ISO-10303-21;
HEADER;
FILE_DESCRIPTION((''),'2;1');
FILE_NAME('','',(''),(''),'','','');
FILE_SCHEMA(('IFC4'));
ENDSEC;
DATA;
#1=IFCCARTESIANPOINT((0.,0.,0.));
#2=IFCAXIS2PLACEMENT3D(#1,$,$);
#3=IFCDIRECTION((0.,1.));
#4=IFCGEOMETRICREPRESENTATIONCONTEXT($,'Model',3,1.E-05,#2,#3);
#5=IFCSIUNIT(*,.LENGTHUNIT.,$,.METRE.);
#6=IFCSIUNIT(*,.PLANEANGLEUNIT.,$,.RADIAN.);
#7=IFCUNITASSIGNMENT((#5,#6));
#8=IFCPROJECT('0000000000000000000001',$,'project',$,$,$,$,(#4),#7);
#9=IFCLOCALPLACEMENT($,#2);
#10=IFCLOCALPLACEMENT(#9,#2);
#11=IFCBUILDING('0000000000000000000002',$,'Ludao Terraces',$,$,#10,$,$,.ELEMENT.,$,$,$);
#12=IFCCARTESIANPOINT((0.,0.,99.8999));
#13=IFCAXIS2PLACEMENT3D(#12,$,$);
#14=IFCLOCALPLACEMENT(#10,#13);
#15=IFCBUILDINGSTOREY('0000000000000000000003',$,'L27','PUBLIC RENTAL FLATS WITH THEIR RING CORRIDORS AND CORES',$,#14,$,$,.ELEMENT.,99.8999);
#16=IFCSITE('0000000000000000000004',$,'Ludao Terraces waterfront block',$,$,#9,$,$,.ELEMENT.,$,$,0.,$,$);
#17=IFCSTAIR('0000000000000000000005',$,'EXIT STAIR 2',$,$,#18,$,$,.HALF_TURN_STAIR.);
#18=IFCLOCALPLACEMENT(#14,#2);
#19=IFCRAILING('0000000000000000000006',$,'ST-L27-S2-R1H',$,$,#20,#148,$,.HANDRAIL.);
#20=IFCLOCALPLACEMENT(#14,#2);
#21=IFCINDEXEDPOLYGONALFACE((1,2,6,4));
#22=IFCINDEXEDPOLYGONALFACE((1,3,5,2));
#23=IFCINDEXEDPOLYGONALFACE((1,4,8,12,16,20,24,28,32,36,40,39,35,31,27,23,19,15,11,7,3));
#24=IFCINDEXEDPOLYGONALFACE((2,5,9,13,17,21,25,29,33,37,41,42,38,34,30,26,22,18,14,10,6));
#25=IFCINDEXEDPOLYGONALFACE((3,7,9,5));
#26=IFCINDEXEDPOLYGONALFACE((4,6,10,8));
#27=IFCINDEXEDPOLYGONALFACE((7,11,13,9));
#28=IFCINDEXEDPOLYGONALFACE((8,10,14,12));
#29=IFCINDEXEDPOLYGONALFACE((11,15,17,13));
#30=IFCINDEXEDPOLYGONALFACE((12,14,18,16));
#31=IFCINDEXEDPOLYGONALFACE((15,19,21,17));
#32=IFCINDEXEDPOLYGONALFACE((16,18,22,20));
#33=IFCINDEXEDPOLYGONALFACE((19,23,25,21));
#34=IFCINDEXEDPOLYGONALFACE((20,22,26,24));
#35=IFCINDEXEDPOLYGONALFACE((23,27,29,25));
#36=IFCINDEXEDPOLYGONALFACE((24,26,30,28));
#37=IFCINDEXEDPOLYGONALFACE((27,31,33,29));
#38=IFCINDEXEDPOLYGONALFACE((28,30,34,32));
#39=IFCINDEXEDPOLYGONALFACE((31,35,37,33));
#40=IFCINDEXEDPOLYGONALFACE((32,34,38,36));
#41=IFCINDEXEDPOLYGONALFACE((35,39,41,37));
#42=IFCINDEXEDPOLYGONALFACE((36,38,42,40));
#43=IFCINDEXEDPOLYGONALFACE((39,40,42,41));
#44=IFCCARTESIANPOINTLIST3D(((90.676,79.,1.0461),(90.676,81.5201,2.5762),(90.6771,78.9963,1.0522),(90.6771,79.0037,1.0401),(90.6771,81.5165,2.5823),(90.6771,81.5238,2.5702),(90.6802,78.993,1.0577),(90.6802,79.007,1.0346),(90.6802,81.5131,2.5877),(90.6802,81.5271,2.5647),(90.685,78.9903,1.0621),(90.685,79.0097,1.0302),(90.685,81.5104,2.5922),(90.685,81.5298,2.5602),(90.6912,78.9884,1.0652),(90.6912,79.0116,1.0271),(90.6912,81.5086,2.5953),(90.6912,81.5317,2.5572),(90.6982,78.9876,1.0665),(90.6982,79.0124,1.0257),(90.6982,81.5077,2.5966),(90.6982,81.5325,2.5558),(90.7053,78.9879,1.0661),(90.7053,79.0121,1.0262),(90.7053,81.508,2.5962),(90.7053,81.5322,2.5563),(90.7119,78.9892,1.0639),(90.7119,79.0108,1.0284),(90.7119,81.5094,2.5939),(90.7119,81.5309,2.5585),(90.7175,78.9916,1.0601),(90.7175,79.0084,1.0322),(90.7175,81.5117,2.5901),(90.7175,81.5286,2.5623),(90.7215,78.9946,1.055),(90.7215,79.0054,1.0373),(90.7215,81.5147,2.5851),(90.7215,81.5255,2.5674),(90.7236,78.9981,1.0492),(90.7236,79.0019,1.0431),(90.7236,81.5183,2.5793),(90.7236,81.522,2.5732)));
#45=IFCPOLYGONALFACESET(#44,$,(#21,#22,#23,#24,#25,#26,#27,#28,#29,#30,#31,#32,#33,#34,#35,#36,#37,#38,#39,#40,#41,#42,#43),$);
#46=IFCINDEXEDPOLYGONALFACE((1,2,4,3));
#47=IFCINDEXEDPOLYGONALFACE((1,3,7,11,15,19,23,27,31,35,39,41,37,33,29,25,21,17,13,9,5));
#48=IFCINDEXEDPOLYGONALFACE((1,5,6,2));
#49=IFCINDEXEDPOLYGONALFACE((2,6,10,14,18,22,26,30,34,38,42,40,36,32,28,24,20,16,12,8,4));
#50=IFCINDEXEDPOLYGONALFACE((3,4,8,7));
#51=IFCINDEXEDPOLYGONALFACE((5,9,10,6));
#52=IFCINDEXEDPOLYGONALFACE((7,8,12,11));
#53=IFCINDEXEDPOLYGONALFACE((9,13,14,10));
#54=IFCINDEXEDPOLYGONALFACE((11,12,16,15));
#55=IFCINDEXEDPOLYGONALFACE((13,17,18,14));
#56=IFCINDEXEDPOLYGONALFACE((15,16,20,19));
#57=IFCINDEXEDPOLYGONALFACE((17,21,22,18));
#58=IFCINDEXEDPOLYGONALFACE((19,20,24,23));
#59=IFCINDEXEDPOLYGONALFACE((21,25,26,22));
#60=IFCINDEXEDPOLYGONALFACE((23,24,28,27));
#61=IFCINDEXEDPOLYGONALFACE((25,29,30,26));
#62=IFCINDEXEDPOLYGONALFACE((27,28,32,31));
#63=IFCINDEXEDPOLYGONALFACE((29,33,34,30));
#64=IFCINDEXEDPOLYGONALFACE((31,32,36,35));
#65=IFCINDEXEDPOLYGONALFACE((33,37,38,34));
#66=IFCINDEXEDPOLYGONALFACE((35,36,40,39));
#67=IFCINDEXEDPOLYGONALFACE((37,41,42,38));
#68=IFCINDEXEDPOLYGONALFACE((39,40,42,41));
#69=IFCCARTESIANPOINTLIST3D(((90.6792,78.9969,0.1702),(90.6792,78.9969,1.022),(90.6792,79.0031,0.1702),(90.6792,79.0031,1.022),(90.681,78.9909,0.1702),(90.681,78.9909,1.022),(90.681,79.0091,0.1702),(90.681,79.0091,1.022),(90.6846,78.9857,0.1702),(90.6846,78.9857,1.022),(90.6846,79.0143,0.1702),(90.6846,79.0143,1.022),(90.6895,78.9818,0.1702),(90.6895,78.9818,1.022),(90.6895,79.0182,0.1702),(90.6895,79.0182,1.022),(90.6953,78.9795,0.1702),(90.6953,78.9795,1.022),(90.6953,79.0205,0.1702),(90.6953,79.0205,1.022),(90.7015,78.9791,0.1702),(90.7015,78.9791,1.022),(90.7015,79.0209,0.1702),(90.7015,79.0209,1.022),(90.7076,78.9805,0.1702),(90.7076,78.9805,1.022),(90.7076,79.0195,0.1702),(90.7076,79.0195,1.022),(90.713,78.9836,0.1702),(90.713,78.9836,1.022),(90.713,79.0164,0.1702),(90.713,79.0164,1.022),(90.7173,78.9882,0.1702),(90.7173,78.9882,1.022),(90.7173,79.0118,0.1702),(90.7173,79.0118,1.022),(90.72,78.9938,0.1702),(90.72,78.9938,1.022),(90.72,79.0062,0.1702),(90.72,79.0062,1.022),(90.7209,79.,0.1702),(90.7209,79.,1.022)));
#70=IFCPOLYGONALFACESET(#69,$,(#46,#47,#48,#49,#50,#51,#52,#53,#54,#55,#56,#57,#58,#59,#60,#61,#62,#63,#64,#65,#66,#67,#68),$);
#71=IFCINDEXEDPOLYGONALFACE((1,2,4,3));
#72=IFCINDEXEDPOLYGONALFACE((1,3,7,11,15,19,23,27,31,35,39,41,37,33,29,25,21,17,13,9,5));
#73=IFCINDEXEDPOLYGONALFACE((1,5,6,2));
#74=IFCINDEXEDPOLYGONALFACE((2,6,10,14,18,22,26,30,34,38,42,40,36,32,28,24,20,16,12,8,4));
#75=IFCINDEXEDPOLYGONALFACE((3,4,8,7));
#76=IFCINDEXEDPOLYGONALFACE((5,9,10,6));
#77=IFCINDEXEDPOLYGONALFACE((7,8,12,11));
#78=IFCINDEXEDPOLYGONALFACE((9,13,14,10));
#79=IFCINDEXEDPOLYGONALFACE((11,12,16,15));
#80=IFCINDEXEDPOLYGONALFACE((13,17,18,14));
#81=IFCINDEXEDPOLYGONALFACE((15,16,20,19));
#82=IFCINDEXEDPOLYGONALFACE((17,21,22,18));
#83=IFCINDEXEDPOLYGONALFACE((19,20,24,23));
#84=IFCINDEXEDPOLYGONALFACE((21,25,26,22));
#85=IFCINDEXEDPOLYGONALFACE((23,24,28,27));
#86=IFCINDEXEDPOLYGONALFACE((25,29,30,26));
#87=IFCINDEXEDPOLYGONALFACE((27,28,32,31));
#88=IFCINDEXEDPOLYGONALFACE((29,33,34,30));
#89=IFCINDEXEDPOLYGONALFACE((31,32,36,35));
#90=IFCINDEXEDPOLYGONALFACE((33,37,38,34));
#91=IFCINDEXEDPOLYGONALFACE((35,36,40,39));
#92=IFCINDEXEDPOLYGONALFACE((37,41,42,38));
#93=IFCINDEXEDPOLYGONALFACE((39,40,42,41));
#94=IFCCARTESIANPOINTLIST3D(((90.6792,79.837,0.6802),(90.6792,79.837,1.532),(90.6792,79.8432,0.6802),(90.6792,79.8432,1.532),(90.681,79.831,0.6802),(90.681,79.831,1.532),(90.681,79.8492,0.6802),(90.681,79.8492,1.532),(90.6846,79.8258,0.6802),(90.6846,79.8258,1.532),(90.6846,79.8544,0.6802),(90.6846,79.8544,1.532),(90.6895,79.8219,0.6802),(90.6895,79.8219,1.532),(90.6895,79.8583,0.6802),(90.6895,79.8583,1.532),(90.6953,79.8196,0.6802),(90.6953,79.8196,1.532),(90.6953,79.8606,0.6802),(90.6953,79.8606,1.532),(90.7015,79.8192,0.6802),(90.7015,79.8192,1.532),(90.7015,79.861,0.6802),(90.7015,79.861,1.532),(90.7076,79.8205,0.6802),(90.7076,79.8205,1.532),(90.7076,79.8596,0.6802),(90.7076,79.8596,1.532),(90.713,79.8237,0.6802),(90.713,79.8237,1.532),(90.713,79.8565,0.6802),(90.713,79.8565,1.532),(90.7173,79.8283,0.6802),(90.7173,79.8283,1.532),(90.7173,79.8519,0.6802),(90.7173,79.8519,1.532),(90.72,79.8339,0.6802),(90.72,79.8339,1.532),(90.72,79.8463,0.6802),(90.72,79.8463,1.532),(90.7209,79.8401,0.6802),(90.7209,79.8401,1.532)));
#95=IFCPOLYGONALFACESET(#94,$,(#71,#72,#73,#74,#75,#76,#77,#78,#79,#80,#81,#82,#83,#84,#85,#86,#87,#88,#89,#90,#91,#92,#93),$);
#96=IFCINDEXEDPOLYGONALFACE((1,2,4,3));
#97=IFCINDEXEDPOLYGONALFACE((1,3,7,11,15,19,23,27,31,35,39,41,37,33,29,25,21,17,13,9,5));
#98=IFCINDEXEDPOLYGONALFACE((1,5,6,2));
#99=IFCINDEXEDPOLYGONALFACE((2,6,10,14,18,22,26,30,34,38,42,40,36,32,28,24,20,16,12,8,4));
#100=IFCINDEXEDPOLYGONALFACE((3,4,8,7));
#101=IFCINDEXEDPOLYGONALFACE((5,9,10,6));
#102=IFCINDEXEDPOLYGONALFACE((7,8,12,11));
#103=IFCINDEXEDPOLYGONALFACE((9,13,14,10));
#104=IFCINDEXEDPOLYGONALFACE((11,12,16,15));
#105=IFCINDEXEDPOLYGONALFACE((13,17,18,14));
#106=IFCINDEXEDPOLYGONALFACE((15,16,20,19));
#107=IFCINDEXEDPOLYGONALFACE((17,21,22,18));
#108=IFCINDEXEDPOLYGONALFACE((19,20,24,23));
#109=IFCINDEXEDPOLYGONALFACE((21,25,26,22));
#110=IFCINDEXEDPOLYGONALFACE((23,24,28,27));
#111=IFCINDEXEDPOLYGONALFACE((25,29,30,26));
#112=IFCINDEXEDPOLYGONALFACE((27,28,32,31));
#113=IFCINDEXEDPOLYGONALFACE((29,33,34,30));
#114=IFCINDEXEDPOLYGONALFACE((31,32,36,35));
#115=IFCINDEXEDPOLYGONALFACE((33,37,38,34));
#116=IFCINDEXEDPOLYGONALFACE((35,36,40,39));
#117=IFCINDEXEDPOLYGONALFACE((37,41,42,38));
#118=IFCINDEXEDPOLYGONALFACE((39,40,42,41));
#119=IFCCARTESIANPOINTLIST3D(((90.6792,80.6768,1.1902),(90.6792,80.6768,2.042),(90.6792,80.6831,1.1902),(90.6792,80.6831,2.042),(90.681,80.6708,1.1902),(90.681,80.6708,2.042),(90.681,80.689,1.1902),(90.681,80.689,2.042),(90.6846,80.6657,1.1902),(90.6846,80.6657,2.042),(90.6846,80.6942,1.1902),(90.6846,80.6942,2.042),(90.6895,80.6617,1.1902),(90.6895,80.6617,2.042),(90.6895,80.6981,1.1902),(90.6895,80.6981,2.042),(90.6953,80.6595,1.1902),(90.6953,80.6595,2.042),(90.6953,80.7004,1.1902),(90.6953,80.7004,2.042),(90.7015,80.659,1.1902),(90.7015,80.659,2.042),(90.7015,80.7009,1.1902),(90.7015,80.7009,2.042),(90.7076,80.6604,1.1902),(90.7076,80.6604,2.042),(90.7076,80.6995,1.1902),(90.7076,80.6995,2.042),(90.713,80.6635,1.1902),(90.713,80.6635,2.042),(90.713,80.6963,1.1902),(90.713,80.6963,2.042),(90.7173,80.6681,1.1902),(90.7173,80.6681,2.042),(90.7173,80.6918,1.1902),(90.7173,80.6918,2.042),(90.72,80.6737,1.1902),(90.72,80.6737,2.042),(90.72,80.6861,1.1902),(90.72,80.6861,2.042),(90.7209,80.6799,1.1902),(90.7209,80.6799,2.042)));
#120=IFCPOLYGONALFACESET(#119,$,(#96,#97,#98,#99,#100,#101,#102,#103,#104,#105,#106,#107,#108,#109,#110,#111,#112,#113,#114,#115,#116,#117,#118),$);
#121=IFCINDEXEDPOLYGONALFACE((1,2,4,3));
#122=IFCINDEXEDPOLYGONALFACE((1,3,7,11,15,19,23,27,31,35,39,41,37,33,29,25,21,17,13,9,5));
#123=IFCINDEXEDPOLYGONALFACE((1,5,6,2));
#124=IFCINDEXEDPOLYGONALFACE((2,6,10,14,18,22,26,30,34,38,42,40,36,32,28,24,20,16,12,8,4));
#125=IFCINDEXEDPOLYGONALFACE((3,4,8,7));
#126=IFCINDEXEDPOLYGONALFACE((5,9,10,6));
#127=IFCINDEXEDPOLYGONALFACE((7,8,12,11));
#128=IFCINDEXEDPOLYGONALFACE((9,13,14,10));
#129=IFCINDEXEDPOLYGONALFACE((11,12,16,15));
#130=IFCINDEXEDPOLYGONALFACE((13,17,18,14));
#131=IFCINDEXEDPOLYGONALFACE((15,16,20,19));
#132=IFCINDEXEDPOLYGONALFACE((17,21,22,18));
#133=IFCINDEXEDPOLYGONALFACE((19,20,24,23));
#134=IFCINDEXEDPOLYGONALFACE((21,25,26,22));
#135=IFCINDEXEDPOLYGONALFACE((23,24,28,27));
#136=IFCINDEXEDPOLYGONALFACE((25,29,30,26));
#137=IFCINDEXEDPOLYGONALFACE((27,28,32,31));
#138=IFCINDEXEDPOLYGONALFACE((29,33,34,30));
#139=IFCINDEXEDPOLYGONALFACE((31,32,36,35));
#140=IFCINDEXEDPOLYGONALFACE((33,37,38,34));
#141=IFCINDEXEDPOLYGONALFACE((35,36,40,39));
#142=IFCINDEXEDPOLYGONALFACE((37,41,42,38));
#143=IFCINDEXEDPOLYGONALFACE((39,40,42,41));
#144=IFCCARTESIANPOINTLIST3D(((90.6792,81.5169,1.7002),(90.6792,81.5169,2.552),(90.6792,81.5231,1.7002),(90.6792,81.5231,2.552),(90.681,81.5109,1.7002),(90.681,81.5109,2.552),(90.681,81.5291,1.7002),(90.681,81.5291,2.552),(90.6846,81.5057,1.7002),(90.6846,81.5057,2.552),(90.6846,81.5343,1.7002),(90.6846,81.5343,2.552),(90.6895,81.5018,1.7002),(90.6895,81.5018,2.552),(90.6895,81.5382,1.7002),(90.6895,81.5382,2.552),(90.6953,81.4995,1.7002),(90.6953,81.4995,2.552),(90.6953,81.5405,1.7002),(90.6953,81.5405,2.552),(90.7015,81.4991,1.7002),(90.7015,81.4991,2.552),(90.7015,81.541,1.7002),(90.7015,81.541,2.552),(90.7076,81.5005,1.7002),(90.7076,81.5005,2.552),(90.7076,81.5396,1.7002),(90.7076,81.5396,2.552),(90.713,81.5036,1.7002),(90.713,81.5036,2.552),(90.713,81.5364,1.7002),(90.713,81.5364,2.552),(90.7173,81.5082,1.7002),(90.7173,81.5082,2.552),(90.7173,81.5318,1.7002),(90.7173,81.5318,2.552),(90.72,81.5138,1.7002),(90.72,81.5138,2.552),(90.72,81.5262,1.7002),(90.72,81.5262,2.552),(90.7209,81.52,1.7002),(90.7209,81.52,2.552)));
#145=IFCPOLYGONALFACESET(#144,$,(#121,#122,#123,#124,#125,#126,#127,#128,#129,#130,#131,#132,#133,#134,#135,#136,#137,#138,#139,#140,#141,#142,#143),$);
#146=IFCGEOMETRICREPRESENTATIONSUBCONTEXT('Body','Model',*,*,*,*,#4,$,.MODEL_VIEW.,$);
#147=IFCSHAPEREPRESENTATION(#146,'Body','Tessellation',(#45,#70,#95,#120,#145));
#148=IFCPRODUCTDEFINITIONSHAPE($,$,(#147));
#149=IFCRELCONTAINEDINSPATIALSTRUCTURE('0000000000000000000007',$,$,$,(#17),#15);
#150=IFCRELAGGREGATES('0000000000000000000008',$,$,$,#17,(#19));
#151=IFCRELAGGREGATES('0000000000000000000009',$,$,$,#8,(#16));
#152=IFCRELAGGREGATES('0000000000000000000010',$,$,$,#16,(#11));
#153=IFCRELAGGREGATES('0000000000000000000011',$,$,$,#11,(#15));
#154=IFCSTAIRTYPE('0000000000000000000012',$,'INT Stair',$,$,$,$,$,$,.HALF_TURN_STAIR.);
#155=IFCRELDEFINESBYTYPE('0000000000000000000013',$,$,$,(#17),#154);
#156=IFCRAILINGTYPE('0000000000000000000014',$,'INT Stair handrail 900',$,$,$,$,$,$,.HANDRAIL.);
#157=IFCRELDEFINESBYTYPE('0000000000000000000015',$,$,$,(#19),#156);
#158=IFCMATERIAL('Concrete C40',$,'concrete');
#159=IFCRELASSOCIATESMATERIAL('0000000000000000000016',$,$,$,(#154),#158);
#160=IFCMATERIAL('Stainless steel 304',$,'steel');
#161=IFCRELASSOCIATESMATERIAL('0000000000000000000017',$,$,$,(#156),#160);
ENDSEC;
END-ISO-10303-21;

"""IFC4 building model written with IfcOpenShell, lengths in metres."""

from ifc_helpers import new_model, si_unit, direction, frame, origin, origin_2d, place, context, subcontext, project, spatial, circle, extrude, material, type_object, element, aggregate, save


model = new_model("IFC4")

# Units and contexts
model_context = context("Model", 3, precision=1e-05, world=origin(), true_north=direction((0.0, 1.0)))
body_context = subcontext(model_context, "Body", "Model", "MODEL_VIEW")
ifc_project = project(units=[si_unit("LENGTHUNIT", "METRE"), si_unit("PLANEANGLEUNIT", "RADIAN")], contexts=[model_context])

# Site, building, storey
site_placement = place(None, origin())
site = spatial("IfcSite", under=ifc_project, at=site_placement, Name="Ludao Terraces waterfront block", CompositionType="ELEMENT", RefElevation=0.0)
building_placement = place(site_placement, origin())
building = spatial("IfcBuilding", under=site, at=building_placement, Name="Ludao Terraces", CompositionType="ELEMENT")
storey_placement = place(building_placement, frame((0.0, 0.0, 99.8999)))
storey = spatial("IfcBuildingStorey", under=building, at=storey_placement, Name="L27", Description="PUBLIC RENTAL FLATS WITH THEIR RING CORRIDORS AND CORES", CompositionType="ELEMENT", Elevation=99.8999)

# Stair, railing
ifc_material_1 = material(Name="Concrete C40", Category="concrete")
stair_type = type_object("IfcStairType", Name="INT Stair", PredefinedType="HALF_TURN_STAIR", material=ifc_material_1)
stair_placement = place(storey_placement, origin())
stair = element("IfcStair", 1, at=stair_placement, inside=storey, type_object=stair_type, Name="EXIT STAIR 2", PredefinedType="HALF_TURN_STAIR")
ifc_material_2 = material(Name="Stainless steel 304", Category="steel")
railing_type_1 = type_object("IfcRailingType", Name="INT Stair handrail 900", PredefinedType="HANDRAIL", material=ifc_material_2)
railing_1_placement = place(storey_placement, frame((90.7, 79.0, 0.1702)))
railing_1 = element("IfcRailing", 2, at=railing_1_placement, type_object=railing_type_1, Name="ST-L27-S2-R1H", PredefinedType="HANDRAIL", context=body_context, shape_type="SweptSolid", body=[
    extrude(circle(Radius=0.0239, at=origin_2d()), frame((0.0, 0.0, 0.876), z_axis=(0.0, 0.854785, 0.518982), x_axis=(-1.0, 0.0, 0.0)), (0.0, 0.0, 1.0), 2.9482),
    extrude(circle(Radius=0.021, at=origin_2d()), origin(), (0.0, 0.0, 1.0), 0.8518),
    extrude(circle(Radius=0.021, at=origin_2d()), frame((0.0, 0.8401, 0.51)), (0.0, 0.0, 1.0), 0.8518),
    extrude(circle(Radius=0.021, at=origin_2d()), frame((0.0, 1.6799, 1.02)), (0.0, 0.0, 1.0), 0.8518),
    extrude(circle(Radius=0.021, at=origin_2d()), frame((0.0, 2.52, 1.53)), (0.0, 0.0, 1.0), 0.8518),
])
aggregate(stair, [railing_1])

save(model, "model.ifc")
